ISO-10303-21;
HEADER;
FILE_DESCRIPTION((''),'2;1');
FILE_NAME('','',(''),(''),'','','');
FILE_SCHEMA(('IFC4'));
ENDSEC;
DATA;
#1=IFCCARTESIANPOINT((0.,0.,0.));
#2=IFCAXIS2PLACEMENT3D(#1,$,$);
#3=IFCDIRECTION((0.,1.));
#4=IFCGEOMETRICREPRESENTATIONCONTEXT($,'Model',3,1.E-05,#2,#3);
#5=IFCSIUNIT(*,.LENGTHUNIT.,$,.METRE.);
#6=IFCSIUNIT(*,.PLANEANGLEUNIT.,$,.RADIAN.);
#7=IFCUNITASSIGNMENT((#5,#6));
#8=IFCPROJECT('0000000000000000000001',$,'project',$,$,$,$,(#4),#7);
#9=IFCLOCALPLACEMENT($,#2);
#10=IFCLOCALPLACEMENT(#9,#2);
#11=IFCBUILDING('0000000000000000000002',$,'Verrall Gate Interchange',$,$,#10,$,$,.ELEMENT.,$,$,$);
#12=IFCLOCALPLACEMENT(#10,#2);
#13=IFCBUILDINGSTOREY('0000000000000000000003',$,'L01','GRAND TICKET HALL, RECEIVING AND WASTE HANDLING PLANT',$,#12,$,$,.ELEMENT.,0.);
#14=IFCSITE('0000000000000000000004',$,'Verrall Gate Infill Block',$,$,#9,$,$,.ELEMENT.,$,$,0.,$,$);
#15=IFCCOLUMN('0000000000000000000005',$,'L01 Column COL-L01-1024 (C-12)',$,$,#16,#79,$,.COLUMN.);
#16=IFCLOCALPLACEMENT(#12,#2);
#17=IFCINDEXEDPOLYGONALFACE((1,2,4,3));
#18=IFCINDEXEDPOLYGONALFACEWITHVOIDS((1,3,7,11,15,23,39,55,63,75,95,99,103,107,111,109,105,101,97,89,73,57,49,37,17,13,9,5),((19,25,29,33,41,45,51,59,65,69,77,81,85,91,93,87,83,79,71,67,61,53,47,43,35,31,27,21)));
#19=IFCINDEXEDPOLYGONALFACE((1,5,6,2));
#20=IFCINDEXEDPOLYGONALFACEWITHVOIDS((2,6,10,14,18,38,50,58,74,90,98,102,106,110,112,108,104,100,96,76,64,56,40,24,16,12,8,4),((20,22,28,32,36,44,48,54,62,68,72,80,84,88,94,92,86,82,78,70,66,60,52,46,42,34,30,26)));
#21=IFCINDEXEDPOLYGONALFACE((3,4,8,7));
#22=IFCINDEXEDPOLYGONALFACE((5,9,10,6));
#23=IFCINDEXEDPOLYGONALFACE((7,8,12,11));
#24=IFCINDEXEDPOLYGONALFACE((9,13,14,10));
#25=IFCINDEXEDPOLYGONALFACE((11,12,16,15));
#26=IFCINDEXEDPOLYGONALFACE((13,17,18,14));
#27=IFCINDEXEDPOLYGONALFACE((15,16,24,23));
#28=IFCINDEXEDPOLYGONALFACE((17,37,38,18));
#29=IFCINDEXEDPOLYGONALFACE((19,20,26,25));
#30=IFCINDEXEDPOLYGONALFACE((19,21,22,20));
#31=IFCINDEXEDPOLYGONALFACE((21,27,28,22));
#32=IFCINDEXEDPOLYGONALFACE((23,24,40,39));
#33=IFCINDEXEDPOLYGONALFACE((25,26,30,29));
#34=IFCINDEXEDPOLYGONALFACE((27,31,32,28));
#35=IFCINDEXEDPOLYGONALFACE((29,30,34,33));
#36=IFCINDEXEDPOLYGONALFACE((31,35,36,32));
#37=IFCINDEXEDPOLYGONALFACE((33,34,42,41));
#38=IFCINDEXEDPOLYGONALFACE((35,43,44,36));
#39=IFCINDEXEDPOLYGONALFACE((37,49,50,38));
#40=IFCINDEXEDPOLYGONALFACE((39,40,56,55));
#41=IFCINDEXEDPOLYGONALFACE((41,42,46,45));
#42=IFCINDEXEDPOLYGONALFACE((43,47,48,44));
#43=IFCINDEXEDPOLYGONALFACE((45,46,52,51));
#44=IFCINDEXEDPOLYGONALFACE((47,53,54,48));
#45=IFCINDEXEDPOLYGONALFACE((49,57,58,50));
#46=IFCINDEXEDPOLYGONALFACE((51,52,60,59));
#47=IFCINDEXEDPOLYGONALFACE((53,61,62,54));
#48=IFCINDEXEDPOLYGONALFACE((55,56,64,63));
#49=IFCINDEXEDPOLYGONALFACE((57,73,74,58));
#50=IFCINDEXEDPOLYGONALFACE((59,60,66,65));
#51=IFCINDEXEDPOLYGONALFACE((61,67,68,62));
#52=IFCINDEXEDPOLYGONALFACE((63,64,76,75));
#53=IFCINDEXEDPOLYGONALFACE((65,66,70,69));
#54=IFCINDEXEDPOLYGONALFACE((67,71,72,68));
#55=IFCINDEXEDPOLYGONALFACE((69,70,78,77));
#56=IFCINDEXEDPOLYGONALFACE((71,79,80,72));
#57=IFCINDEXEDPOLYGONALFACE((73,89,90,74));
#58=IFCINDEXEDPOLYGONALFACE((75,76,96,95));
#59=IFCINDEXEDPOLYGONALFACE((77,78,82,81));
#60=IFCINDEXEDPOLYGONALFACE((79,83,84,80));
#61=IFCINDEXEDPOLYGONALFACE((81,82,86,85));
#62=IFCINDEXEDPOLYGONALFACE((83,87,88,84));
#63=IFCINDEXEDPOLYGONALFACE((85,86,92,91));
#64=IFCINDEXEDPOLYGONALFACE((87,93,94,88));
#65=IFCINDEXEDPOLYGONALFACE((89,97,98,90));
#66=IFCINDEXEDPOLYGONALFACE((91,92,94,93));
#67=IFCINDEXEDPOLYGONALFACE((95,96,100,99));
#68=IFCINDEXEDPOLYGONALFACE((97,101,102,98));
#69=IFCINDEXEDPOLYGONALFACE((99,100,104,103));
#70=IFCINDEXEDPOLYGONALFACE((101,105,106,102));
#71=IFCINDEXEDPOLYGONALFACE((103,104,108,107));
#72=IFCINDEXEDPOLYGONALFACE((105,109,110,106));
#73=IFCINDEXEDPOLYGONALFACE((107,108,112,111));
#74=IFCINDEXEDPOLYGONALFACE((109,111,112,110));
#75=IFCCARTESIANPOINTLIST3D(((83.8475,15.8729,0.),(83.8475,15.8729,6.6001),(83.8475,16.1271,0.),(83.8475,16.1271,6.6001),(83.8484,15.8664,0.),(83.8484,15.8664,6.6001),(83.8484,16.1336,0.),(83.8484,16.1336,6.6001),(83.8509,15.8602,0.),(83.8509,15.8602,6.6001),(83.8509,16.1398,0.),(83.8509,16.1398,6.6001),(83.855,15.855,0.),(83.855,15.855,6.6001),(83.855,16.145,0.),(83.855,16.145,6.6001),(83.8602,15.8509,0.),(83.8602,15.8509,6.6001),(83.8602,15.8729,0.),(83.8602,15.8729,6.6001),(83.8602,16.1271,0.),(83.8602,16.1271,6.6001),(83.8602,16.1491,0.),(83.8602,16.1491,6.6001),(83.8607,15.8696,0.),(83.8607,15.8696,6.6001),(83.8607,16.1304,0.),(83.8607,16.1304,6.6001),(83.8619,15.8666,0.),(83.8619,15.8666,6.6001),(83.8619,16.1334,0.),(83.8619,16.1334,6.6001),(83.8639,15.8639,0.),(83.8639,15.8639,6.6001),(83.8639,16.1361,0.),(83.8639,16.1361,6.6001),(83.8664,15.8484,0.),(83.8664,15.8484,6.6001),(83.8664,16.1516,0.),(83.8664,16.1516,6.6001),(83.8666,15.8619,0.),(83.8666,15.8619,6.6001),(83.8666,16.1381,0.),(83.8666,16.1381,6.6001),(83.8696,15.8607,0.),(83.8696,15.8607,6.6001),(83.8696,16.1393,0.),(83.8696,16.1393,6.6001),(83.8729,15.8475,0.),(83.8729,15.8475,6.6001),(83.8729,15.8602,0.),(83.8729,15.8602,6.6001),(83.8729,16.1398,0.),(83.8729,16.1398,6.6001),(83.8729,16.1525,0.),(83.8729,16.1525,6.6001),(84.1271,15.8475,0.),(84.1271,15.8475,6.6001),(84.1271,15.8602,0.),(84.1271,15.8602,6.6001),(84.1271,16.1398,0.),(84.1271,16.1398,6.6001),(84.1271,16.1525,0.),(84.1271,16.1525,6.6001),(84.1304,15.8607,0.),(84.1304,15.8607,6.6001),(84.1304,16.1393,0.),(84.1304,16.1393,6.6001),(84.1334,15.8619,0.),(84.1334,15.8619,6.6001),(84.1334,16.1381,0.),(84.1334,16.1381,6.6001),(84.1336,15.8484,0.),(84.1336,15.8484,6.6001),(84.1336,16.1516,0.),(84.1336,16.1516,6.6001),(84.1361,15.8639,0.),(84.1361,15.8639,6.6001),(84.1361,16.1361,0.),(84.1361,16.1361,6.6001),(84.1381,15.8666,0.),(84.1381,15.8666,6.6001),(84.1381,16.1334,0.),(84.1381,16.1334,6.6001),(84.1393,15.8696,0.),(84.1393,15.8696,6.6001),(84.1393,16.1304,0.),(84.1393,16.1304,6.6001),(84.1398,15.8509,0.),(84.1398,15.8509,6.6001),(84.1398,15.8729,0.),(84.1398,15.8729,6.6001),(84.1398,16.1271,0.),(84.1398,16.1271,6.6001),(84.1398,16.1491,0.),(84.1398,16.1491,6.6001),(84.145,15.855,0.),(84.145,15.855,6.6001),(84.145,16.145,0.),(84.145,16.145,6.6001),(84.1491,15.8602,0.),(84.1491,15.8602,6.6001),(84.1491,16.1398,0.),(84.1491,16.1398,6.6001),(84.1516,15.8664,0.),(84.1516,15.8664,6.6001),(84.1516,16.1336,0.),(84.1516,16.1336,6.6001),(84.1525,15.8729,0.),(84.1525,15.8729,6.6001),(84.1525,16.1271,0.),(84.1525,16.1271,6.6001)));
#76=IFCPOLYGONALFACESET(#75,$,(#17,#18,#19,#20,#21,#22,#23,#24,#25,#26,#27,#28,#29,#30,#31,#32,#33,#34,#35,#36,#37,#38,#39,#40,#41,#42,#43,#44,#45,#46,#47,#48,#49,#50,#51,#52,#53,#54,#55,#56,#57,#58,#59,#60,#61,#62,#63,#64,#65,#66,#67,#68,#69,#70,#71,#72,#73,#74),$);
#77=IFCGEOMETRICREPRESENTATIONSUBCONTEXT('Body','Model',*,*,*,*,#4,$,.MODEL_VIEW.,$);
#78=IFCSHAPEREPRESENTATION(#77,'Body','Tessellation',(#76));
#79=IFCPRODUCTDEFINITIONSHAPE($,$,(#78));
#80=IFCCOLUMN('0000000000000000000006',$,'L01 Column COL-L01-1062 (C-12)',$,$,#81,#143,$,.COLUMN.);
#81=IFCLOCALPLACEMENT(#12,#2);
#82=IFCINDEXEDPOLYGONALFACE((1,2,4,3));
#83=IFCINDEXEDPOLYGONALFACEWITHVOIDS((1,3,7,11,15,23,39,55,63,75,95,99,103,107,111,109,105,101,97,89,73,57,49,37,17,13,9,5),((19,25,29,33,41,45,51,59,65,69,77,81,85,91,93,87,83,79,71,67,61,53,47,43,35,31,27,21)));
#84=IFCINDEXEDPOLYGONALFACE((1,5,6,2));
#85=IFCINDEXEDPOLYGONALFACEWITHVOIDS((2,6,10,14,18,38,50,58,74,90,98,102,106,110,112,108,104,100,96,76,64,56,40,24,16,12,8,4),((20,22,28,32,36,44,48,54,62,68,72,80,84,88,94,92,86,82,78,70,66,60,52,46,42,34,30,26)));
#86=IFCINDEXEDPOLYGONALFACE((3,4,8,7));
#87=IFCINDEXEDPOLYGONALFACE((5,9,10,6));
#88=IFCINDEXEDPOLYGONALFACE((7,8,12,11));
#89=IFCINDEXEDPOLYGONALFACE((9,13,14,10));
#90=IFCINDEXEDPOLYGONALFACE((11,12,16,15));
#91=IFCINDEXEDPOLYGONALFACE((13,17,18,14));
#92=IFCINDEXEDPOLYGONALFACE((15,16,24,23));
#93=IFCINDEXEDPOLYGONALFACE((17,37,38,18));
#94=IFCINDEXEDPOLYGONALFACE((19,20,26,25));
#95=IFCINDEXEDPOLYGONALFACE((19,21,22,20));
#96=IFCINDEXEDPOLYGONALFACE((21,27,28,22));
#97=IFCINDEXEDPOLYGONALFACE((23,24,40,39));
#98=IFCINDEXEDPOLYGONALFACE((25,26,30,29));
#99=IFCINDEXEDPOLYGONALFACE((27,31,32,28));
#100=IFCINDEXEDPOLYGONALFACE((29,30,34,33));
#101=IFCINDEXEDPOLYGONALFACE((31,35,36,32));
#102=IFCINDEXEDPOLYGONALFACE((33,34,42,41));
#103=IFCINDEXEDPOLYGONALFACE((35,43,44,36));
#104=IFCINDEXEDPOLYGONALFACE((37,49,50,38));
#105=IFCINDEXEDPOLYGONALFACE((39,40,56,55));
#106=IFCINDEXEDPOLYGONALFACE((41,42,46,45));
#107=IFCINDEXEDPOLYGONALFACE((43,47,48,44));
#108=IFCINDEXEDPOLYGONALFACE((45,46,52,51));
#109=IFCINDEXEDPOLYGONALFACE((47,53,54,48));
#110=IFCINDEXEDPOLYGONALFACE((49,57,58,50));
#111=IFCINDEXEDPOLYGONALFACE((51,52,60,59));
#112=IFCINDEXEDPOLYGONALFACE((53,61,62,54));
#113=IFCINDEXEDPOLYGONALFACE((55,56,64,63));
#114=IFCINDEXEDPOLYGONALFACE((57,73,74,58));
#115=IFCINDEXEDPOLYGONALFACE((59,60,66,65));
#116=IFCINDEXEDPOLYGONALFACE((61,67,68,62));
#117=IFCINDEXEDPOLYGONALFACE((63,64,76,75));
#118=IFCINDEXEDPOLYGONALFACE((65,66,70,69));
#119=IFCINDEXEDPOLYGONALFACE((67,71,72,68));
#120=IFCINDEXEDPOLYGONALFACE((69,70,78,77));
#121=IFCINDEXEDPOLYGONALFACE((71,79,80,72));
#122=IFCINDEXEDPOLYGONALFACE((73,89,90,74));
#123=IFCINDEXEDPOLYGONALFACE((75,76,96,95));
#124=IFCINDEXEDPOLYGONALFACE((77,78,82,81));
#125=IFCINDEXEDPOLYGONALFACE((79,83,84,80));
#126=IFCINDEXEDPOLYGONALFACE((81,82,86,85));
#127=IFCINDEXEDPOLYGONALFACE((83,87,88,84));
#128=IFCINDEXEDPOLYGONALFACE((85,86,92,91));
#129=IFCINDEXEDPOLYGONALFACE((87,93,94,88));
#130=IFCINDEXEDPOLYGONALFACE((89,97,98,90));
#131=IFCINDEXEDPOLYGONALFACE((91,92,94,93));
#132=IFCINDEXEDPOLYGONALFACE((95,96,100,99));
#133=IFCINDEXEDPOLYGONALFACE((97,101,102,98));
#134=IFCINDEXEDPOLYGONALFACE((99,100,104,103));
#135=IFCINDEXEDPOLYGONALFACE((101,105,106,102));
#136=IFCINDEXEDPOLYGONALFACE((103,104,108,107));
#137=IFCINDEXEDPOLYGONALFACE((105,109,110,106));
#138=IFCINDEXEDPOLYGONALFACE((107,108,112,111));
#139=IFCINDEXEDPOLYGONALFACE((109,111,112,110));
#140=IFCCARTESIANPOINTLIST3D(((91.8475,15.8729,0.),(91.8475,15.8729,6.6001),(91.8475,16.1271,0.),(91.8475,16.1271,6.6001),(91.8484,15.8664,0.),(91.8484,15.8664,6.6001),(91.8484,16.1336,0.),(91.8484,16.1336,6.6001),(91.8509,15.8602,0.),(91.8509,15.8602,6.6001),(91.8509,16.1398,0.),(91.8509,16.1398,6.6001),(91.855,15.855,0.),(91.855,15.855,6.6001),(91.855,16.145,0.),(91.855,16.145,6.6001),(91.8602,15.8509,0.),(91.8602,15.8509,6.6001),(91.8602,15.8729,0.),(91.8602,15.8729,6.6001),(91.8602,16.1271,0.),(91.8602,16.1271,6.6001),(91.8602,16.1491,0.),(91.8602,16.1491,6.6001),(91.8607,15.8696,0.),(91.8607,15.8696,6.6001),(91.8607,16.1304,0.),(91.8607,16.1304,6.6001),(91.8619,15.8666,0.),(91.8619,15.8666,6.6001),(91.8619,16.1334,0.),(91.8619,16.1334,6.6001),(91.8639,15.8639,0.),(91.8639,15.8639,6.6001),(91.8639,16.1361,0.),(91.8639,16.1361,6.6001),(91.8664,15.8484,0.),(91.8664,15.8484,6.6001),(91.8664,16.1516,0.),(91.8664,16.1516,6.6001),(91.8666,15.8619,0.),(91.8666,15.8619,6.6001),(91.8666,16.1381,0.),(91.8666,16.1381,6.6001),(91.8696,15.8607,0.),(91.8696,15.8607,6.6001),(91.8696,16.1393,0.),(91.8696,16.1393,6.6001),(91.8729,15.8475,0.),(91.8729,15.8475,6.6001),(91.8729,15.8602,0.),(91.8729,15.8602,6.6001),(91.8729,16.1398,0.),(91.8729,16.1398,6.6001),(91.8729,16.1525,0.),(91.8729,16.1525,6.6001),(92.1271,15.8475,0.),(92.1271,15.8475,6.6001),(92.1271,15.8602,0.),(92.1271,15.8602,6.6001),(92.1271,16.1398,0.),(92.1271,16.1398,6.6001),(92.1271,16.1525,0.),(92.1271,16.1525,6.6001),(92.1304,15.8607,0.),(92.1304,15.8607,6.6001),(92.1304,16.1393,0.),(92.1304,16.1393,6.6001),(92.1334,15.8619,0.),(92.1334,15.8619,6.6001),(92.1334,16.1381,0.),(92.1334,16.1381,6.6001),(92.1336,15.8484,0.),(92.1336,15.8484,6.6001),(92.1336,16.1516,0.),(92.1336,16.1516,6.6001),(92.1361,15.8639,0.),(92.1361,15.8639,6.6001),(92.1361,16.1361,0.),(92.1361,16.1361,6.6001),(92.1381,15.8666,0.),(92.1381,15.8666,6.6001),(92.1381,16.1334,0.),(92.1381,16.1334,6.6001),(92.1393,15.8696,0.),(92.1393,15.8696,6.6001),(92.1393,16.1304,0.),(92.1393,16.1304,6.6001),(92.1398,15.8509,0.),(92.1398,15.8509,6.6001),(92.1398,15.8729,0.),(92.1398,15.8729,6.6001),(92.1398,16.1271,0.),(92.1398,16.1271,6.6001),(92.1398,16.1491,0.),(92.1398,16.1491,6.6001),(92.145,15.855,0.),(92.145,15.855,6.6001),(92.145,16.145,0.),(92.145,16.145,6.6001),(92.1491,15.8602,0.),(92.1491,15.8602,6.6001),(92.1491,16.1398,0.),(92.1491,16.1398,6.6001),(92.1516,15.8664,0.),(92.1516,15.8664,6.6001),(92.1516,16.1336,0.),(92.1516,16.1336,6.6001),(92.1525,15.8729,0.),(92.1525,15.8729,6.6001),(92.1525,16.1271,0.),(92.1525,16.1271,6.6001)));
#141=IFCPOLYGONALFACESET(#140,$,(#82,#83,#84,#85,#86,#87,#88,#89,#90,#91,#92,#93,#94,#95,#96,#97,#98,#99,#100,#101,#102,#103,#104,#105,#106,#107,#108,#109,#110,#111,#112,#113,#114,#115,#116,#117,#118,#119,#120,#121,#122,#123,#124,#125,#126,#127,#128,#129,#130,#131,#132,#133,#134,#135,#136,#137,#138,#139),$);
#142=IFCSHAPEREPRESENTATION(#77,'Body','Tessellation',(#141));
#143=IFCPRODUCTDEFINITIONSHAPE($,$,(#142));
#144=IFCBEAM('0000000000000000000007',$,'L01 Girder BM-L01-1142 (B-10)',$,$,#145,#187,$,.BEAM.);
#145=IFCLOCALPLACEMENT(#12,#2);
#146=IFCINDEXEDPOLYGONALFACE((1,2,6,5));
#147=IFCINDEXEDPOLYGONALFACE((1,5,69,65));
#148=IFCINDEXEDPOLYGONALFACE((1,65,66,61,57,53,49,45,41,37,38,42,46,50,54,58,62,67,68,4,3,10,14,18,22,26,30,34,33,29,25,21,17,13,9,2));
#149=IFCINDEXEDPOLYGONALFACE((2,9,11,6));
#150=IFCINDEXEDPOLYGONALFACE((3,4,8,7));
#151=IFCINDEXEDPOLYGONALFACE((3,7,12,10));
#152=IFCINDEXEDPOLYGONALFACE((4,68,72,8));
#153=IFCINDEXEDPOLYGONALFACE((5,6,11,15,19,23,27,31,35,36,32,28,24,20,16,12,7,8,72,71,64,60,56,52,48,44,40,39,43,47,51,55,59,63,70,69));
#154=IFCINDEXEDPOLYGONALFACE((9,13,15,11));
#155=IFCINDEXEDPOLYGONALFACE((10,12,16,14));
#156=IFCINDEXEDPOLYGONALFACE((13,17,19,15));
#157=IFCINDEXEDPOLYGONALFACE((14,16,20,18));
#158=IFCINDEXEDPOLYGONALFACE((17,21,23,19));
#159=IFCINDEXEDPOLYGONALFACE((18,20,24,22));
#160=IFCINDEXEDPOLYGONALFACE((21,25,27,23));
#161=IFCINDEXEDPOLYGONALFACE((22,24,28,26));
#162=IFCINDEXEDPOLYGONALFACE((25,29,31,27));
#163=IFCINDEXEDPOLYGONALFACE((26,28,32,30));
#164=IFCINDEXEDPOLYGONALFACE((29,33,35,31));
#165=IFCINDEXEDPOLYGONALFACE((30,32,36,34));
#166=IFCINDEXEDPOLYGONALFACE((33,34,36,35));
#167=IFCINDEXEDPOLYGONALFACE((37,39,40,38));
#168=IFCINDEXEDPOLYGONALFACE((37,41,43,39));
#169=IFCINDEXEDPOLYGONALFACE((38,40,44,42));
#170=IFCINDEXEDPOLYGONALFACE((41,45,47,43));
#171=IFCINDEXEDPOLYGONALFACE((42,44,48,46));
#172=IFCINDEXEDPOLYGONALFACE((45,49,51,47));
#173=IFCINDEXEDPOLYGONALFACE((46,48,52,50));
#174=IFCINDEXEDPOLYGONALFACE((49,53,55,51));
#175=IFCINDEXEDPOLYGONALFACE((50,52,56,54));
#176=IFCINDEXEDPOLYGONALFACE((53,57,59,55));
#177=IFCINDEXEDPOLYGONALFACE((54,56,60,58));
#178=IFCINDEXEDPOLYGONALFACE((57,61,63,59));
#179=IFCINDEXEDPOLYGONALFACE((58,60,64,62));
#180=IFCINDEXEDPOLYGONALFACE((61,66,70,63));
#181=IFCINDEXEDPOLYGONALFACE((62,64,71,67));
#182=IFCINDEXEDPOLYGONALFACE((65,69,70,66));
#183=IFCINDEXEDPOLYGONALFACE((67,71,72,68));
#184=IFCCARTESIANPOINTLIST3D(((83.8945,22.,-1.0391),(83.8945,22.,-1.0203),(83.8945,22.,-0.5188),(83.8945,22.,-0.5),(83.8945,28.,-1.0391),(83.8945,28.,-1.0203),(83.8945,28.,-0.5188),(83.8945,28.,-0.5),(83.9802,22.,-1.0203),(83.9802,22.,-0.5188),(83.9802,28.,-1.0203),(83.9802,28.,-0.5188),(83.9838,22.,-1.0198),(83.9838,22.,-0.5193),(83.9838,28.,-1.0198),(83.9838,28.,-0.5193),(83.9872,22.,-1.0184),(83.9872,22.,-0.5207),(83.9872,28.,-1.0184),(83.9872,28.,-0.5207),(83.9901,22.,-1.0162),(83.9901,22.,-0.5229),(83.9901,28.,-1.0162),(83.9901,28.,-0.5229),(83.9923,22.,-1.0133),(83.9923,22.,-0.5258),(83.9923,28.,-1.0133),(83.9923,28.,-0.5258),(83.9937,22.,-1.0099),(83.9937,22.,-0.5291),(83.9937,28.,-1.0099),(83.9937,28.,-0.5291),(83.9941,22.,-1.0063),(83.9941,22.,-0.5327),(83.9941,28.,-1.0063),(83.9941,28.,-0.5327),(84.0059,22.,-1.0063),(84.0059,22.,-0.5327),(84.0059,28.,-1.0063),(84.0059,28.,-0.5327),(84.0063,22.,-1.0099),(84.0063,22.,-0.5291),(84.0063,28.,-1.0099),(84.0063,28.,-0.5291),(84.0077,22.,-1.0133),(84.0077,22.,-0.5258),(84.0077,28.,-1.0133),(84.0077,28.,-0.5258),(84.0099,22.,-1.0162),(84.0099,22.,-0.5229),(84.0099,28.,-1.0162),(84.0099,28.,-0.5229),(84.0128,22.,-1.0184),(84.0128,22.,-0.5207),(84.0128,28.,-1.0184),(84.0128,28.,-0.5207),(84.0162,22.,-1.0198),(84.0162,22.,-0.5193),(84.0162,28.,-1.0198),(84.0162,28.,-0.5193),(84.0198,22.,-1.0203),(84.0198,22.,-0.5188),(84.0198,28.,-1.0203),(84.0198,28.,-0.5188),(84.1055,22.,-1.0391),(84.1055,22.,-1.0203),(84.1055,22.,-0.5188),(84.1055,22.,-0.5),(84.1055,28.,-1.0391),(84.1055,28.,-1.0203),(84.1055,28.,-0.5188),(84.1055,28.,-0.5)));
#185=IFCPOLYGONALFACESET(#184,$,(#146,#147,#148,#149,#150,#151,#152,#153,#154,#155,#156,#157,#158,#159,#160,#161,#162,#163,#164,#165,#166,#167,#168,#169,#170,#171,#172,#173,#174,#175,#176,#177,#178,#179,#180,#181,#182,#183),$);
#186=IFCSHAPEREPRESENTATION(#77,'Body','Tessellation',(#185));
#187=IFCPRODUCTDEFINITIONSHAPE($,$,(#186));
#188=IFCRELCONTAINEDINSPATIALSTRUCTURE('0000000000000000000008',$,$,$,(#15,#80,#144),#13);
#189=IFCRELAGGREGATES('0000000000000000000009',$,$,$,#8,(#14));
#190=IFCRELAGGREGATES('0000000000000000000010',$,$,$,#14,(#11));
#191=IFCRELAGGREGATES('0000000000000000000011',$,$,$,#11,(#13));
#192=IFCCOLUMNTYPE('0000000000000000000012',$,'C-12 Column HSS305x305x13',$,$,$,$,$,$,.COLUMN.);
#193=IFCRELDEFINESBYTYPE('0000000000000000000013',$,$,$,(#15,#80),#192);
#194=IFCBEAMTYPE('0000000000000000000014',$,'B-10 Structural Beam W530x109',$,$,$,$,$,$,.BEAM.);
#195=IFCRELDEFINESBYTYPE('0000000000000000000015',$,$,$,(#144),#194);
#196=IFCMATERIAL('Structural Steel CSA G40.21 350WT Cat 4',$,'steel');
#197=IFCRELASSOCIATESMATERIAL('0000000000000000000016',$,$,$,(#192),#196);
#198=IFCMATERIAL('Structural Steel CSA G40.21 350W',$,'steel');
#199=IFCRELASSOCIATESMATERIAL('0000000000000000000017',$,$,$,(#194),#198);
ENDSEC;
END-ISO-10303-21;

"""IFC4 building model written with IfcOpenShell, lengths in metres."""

from ifc_helpers import new_model, si_unit, direction, frame, origin, origin_2d, place, context, subcontext, project, spatial, hollow_rectangle, i_section, extrude, material, material_profile, profile_set, type_object, element, save


model = new_model("IFC4")

# Units and contexts
model_context = context("Model", 3, precision=1e-05, world=origin(), true_north=direction((0.0, 1.0)))
body_context = subcontext(model_context, "Body", "Model", "MODEL_VIEW")
ifc_project = project(units=[si_unit("LENGTHUNIT", "METRE"), si_unit("PLANEANGLEUNIT", "RADIAN")], contexts=[model_context])

# Site, building, storey
site_placement = place(None, origin())
site = spatial("IfcSite", under=ifc_project, at=site_placement, Name="Verrall Gate Infill Block", CompositionType="ELEMENT", RefElevation=0.0)
building_placement = place(site_placement, origin())
building = spatial("IfcBuilding", under=site, at=building_placement, Name="Verrall Gate Interchange", CompositionType="ELEMENT")
storey_placement = place(building_placement, origin())
storey = spatial("IfcBuildingStorey", under=building, at=storey_placement, Name="L01", Description="GRAND TICKET HALL, RECEIVING AND WASTE HANDLING PLANT", CompositionType="ELEMENT", Elevation=0.0)

# Columns
ifc_material_1 = material(Name="Structural Steel CSA G40.21 350WT Cat 4", Category="steel")
ifc_material_profile_1 = material_profile(ifc_material_1, hollow_rectangle(XDim=0.3049, YDim=0.3049, WallThickness=0.0127, InnerFilletRadius=0.0127, OuterFilletRadius=0.0254, at=origin_2d()), Name="HSS305x305x13")
ifc_profile_set_1 = profile_set([ifc_material_profile_1], Name="Structural Steel CSA G40.21 350WT Cat 4")
column_type = type_object("IfcColumnType", Name="C-12 Column HSS305x305x13", PredefinedType="COLUMN", material=ifc_profile_set_1)
for number, where, z_axis, x_axis, name in (
    (1, (84.0, 16.0, 0.0), (0.0, 0.0, 1.0), (1.0, 0.0, 0.0), "L01 Column COL-L01-1024 (C-12)"),
    (2, (92.0, 16.0, 0.0), (0.0, 0.0, 1.0), (1.0, 0.0, 0.0), "L01 Column COL-L01-1062 (C-12)"),
):
    element("IfcColumn", number, at=place(storey_placement, frame(where, z_axis=z_axis, x_axis=x_axis)), inside=storey, type_object=column_type, Name=name, PredefinedType="COLUMN", context=body_context, shape_type="SweptSolid", body=[
        extrude(hollow_rectangle(XDim=0.3049, YDim=0.3049, WallThickness=0.0127, InnerFilletRadius=0.0127, OuterFilletRadius=0.0254, at=origin_2d()), origin(), (0.0, 0.0, 1.0), 6.6001),
    ])

# Beam
ifc_material_2 = material(Name="Structural Steel CSA G40.21 350W", Category="steel")
ifc_material_profile_2 = material_profile(ifc_material_2, i_section(OverallWidth=0.2109, OverallDepth=0.5391, WebThickness=0.0117, FlangeThickness=0.0188, FilletRadius=0.0139, at=origin_2d()), Name="W530x109")
ifc_profile_set_2 = profile_set([ifc_material_profile_2], Name="Structural Steel CSA G40.21 350W")
beam_type_1 = type_object("IfcBeamType", Name="B-10 Structural Beam W530x109", PredefinedType="BEAM", material=ifc_profile_set_2)
beam_1_placement = place(storey_placement, frame((84.0, 22.0, -0.7695), z_axis=(0.0, 1.0, 0.0), x_axis=(-1.0, 0.0, 0.0)))
element("IfcBeam", 3, at=beam_1_placement, inside=storey, type_object=beam_type_1, Name="L01 Girder BM-L01-1142 (B-10)", PredefinedType="BEAM", context=body_context, shape_type="SweptSolid", body=[
    extrude(i_section(OverallWidth=0.2109, OverallDepth=0.5391, WebThickness=0.0117, FlangeThickness=0.0188, FilletRadius=0.0139, at=origin_2d()), origin(), (0.0, 0.0, 1.0), 6.0),
])

save(model, "model.ifc")
